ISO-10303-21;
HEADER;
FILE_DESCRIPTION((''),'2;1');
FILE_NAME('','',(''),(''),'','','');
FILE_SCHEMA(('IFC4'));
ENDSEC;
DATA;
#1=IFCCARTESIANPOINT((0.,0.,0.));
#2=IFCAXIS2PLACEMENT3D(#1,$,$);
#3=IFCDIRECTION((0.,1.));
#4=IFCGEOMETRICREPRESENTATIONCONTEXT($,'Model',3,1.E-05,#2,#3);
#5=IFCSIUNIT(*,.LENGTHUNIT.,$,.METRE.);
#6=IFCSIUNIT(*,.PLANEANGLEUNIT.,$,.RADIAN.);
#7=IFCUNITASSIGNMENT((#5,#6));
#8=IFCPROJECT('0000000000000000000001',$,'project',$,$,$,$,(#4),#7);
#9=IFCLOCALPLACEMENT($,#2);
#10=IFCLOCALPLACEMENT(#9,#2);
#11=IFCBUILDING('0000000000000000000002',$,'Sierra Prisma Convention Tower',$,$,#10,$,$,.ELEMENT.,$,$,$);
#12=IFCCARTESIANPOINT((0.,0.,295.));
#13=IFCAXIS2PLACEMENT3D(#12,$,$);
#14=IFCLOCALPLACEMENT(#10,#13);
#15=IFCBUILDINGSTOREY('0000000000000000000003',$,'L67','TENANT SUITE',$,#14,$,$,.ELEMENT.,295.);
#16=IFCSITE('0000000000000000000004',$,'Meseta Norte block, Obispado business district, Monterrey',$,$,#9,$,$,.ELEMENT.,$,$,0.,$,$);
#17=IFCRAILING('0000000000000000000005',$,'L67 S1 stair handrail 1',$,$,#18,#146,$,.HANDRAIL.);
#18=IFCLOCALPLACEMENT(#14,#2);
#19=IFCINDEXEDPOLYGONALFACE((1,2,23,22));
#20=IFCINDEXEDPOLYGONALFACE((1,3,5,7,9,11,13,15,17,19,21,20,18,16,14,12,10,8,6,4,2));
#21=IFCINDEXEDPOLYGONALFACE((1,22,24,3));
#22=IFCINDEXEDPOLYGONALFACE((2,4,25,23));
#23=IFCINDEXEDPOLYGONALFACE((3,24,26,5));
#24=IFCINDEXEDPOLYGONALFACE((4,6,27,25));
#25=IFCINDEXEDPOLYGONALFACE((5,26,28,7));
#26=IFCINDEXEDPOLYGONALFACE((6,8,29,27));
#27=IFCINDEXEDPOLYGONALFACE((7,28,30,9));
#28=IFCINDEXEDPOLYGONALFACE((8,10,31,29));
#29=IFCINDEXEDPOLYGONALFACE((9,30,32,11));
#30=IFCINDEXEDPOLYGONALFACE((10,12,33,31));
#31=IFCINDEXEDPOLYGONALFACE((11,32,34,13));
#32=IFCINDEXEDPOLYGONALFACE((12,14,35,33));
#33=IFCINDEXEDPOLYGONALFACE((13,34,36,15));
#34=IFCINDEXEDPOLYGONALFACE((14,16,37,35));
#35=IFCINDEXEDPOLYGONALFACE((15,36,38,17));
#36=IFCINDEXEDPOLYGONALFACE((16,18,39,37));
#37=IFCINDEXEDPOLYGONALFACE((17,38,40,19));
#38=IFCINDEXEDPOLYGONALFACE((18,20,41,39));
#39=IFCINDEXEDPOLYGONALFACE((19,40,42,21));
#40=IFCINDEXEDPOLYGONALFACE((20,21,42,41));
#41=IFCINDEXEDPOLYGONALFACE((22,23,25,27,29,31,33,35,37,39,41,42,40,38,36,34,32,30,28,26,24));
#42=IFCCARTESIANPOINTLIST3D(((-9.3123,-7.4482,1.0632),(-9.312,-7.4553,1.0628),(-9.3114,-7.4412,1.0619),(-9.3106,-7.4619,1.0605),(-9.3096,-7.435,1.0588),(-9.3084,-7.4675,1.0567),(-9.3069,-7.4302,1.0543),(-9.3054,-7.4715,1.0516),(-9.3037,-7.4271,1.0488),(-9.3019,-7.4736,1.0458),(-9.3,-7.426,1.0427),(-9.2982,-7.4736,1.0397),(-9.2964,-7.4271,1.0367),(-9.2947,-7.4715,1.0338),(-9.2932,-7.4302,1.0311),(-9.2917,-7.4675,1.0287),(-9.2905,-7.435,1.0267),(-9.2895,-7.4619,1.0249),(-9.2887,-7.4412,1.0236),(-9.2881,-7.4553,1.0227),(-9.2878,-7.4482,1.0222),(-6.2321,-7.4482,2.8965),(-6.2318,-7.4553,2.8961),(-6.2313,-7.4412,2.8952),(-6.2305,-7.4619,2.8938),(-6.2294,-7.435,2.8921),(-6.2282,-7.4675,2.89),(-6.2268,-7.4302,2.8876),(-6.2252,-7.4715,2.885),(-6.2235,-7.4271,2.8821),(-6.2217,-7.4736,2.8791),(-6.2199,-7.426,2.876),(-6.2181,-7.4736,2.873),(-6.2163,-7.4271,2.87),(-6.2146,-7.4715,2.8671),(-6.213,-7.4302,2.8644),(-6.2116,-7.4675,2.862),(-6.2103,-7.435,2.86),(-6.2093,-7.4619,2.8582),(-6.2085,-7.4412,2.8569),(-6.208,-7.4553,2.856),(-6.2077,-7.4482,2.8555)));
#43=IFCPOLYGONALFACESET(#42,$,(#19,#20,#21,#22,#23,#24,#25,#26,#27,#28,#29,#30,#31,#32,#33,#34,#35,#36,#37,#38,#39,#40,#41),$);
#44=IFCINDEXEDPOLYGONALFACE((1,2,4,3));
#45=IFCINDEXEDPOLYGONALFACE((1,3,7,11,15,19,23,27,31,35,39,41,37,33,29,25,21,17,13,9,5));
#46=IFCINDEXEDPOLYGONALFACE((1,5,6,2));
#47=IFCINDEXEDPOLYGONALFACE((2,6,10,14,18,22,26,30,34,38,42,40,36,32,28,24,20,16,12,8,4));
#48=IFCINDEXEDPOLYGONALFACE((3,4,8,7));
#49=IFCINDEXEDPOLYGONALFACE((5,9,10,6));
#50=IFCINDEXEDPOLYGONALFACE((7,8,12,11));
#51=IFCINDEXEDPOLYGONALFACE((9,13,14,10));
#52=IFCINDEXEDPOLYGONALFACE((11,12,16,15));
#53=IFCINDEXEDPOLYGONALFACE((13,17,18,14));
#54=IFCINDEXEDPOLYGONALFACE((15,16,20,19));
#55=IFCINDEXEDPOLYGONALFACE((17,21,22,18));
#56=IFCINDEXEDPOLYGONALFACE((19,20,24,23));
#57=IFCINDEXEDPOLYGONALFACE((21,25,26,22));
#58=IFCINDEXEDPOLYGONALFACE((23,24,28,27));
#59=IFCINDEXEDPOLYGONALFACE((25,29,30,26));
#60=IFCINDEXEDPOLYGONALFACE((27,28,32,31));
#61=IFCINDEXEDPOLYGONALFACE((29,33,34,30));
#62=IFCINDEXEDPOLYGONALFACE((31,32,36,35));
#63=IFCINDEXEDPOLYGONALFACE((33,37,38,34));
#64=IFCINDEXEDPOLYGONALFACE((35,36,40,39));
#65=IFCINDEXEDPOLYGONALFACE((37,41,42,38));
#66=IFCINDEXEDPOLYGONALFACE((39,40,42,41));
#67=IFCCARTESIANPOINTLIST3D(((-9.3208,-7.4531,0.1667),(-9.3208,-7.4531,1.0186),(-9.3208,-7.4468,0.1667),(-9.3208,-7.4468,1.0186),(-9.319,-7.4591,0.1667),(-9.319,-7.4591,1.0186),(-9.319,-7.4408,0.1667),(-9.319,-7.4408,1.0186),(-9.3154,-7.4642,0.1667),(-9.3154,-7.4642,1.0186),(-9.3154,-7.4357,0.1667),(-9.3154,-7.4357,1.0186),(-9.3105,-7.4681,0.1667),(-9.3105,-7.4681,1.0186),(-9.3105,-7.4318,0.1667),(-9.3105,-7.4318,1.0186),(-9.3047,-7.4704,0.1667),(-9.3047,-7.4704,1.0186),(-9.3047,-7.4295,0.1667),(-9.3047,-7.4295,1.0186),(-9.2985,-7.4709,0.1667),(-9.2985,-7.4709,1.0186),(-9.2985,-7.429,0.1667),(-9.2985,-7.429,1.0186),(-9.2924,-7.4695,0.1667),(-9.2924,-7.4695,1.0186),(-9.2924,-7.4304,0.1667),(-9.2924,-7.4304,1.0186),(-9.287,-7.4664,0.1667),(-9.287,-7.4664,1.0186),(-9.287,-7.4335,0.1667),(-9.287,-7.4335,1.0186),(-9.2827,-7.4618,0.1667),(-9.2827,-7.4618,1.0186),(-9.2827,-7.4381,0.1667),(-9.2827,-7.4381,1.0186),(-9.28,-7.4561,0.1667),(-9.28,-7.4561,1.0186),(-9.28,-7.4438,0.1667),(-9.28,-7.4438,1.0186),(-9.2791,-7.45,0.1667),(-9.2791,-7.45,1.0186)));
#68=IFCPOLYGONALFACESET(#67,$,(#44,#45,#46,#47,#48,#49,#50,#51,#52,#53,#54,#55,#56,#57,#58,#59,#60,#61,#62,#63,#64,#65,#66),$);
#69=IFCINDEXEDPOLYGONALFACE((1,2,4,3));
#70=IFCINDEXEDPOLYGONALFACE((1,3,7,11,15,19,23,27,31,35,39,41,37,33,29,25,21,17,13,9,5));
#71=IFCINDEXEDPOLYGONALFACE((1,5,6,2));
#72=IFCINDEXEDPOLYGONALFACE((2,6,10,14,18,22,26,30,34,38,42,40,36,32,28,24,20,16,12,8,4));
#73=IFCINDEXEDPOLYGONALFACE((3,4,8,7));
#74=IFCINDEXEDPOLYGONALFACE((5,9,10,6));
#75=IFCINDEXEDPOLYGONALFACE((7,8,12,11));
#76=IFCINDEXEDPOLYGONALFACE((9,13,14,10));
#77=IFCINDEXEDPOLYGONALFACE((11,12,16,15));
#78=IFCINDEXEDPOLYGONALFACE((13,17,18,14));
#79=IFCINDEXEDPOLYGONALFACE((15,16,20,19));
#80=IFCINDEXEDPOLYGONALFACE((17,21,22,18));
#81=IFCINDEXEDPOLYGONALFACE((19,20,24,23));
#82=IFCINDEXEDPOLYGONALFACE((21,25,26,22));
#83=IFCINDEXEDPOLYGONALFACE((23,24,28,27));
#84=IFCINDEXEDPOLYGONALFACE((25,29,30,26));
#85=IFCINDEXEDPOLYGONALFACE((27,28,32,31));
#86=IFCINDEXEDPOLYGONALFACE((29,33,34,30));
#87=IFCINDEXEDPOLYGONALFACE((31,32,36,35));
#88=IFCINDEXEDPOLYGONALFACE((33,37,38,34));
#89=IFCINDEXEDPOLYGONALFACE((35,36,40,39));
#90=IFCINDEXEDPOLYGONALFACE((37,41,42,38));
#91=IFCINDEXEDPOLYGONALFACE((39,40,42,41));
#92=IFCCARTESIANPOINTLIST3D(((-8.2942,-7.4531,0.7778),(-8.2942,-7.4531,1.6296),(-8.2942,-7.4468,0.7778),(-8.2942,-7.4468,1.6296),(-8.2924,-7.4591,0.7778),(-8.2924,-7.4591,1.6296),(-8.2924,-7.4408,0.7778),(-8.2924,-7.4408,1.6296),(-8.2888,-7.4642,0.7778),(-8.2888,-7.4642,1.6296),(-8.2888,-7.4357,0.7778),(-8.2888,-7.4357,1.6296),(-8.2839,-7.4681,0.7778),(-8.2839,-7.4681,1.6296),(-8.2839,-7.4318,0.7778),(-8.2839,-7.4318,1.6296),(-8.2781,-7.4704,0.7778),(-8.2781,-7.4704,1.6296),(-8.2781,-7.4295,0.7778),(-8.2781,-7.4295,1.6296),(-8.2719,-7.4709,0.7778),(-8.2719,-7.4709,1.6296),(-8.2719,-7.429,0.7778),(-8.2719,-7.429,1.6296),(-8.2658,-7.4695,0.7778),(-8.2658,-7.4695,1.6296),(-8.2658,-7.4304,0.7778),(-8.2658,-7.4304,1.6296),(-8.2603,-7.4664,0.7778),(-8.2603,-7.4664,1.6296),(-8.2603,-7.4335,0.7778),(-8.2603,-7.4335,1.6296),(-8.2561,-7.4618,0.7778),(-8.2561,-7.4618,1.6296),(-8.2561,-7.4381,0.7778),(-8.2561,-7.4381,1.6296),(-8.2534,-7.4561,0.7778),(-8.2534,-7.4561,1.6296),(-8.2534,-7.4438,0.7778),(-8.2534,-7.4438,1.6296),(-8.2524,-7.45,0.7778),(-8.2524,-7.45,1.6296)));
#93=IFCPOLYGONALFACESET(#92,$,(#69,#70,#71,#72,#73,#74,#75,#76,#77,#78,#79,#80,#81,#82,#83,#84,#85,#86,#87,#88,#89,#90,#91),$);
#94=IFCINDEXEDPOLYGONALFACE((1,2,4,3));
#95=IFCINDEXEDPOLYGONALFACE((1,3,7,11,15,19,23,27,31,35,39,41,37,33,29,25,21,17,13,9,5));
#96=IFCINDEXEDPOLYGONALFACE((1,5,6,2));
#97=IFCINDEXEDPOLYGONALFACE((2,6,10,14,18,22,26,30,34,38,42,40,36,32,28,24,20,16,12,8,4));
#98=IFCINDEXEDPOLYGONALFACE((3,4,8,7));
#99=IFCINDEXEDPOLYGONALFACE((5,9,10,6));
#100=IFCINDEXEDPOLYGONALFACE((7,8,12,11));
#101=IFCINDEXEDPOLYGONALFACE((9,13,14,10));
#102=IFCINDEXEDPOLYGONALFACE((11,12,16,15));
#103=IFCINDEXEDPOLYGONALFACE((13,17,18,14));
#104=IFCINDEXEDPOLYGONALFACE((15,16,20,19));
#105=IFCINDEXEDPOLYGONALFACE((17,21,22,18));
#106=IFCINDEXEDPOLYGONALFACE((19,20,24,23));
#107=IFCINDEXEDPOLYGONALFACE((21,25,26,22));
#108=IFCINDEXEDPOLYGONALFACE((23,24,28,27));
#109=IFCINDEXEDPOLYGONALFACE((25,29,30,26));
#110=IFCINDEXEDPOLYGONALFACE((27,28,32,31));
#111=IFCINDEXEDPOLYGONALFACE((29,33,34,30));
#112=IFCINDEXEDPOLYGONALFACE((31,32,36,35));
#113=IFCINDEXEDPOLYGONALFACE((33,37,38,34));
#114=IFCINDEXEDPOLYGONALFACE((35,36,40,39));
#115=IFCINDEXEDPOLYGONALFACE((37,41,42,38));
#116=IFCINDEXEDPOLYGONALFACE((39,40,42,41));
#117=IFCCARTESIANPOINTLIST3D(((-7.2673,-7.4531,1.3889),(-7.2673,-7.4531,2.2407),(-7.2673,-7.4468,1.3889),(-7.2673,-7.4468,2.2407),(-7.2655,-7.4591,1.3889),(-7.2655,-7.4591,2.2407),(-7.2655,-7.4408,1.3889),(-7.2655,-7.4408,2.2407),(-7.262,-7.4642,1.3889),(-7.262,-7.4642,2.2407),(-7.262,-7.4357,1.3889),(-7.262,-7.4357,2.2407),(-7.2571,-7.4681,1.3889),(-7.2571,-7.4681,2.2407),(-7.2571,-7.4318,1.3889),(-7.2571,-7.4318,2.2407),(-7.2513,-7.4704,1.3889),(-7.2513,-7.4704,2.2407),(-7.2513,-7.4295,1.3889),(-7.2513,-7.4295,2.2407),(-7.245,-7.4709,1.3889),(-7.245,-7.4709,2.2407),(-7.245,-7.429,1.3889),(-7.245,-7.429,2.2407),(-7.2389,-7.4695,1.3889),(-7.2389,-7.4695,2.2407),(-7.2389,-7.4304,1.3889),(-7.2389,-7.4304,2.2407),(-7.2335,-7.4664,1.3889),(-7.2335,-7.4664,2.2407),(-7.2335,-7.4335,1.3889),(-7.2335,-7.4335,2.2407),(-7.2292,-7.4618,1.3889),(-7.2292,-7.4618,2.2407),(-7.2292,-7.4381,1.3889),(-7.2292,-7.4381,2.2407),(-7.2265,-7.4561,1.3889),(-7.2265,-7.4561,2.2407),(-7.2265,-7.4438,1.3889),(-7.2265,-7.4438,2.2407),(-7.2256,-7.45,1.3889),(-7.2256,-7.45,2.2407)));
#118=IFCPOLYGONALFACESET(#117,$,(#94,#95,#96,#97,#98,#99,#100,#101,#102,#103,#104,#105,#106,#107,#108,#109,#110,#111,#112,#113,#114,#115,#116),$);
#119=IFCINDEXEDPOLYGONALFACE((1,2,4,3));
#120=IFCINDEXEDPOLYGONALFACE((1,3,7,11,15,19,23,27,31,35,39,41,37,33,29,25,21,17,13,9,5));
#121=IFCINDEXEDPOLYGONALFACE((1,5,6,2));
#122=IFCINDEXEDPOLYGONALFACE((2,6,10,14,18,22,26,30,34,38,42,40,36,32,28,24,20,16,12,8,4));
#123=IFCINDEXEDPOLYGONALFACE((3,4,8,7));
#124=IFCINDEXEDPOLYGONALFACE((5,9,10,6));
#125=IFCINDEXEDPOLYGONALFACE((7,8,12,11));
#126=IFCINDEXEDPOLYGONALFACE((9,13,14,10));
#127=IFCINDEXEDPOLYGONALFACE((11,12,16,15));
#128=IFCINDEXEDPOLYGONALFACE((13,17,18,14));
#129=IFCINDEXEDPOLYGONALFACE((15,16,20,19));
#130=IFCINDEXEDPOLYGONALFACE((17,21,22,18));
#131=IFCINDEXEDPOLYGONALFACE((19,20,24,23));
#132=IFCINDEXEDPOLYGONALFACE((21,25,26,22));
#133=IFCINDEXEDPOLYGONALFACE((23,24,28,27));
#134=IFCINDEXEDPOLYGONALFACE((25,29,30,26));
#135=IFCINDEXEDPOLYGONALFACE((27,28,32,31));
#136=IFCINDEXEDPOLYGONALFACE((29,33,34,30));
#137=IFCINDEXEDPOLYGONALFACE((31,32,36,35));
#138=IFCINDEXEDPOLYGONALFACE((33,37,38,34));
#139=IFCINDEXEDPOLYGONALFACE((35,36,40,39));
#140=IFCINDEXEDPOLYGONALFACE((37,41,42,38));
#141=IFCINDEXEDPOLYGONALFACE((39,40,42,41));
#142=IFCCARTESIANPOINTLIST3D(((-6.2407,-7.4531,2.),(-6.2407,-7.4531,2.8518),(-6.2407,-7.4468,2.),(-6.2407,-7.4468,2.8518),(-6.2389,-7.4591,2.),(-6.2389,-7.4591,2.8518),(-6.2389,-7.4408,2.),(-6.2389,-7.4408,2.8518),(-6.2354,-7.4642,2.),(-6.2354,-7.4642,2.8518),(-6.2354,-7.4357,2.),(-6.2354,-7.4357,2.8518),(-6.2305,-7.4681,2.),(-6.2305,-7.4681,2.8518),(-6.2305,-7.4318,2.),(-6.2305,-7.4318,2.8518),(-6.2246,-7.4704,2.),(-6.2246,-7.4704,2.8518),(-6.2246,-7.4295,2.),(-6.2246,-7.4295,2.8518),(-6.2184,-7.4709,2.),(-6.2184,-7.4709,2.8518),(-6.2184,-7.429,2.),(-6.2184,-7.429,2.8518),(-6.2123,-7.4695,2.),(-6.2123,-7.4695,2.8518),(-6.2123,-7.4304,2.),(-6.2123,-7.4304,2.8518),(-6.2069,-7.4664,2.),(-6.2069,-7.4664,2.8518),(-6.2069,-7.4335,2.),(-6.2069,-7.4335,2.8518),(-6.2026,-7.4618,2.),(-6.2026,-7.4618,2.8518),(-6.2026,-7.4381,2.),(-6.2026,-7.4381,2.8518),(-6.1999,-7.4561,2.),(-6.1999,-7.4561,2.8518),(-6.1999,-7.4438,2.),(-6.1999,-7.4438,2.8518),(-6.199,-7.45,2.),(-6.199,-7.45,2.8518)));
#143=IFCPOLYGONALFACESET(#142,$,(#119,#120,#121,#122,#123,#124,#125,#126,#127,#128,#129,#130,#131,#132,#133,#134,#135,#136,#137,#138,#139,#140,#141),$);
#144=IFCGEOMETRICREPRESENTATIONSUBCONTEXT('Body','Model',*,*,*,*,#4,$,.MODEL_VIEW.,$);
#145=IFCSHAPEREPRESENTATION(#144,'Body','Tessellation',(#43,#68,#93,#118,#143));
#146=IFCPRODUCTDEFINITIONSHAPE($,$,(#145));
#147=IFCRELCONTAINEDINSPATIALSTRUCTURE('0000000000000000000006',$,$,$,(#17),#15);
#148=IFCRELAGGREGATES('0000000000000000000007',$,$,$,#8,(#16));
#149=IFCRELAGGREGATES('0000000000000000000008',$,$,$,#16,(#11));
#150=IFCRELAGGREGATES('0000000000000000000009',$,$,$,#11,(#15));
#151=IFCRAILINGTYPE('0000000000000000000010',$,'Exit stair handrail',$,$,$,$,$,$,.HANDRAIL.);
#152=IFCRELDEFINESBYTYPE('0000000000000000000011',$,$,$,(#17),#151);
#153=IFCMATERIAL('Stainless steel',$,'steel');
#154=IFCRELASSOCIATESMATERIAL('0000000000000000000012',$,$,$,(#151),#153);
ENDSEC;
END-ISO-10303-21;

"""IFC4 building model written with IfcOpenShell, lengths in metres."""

from ifc_helpers import new_model, si_unit, direction, frame, origin, origin_2d, place, context, subcontext, project, spatial, circle, extrude, material, type_object, element, save


model = new_model("IFC4")

# Units and contexts
model_context = context("Model", 3, precision=1e-05, world=origin(), true_north=direction((0.0, 1.0)))
body_context = subcontext(model_context, "Body", "Model", "MODEL_VIEW")
ifc_project = project(units=[si_unit("LENGTHUNIT", "METRE"), si_unit("PLANEANGLEUNIT", "RADIAN")], contexts=[model_context])

# Site, building, storey
site_placement = place(None, origin())
site = spatial("IfcSite", under=ifc_project, at=site_placement, Name="Meseta Norte block, Obispado business district, Monterrey", CompositionType="ELEMENT", RefElevation=0.0)
building_placement = place(site_placement, origin())
building = spatial("IfcBuilding", under=site, at=building_placement, Name="Sierra Prisma Convention Tower", CompositionType="ELEMENT")
storey_placement = place(building_placement, frame((0.0, 0.0, 295.0)))
storey = spatial("IfcBuildingStorey", under=building, at=storey_placement, Name="L67", Description="TENANT SUITE", CompositionType="ELEMENT", Elevation=295.0)

# Railing
ifc_material_1 = material(Name="Stainless steel", Category="steel")
railing_type_1 = type_object("IfcRailingType", Name="Exit stair handrail", PredefinedType="HANDRAIL", material=ifc_material_1)
railing_1_placement = place(storey_placement, frame((-9.3, -7.45, 0.1667)))
element("IfcRailing", 1, at=railing_1_placement, inside=storey, type_object=railing_type_1, Name="L67 S1 stair handrail 1", PredefinedType="HANDRAIL", context=body_context, shape_type="SweptSolid", body=[
    extrude(circle(Radius=0.0239, at=origin_2d()), frame((0.0, 0.0, 0.876), z_axis=(0.859309, 0.0, 0.511458), x_axis=(0.0, 1.0, 0.0)), (0.0, 0.0, 1.0), 3.5845),
    extrude(circle(Radius=0.021, at=origin_2d()), origin(), (0.0, 0.0, 1.0), 0.8518),
    extrude(circle(Radius=0.021, at=origin_2d()), frame((1.0266, 0.0, 0.6111)), (0.0, 0.0, 1.0), 0.8518),
    extrude(circle(Radius=0.021, at=origin_2d()), frame((2.0535, 0.0, 1.2222)), (0.0, 0.0, 1.0), 0.8518),
    extrude(circle(Radius=0.021, at=origin_2d()), frame((3.0801, 0.0, 1.8333)), (0.0, 0.0, 1.0), 0.8518),
])

save(model, "model.ifc")
